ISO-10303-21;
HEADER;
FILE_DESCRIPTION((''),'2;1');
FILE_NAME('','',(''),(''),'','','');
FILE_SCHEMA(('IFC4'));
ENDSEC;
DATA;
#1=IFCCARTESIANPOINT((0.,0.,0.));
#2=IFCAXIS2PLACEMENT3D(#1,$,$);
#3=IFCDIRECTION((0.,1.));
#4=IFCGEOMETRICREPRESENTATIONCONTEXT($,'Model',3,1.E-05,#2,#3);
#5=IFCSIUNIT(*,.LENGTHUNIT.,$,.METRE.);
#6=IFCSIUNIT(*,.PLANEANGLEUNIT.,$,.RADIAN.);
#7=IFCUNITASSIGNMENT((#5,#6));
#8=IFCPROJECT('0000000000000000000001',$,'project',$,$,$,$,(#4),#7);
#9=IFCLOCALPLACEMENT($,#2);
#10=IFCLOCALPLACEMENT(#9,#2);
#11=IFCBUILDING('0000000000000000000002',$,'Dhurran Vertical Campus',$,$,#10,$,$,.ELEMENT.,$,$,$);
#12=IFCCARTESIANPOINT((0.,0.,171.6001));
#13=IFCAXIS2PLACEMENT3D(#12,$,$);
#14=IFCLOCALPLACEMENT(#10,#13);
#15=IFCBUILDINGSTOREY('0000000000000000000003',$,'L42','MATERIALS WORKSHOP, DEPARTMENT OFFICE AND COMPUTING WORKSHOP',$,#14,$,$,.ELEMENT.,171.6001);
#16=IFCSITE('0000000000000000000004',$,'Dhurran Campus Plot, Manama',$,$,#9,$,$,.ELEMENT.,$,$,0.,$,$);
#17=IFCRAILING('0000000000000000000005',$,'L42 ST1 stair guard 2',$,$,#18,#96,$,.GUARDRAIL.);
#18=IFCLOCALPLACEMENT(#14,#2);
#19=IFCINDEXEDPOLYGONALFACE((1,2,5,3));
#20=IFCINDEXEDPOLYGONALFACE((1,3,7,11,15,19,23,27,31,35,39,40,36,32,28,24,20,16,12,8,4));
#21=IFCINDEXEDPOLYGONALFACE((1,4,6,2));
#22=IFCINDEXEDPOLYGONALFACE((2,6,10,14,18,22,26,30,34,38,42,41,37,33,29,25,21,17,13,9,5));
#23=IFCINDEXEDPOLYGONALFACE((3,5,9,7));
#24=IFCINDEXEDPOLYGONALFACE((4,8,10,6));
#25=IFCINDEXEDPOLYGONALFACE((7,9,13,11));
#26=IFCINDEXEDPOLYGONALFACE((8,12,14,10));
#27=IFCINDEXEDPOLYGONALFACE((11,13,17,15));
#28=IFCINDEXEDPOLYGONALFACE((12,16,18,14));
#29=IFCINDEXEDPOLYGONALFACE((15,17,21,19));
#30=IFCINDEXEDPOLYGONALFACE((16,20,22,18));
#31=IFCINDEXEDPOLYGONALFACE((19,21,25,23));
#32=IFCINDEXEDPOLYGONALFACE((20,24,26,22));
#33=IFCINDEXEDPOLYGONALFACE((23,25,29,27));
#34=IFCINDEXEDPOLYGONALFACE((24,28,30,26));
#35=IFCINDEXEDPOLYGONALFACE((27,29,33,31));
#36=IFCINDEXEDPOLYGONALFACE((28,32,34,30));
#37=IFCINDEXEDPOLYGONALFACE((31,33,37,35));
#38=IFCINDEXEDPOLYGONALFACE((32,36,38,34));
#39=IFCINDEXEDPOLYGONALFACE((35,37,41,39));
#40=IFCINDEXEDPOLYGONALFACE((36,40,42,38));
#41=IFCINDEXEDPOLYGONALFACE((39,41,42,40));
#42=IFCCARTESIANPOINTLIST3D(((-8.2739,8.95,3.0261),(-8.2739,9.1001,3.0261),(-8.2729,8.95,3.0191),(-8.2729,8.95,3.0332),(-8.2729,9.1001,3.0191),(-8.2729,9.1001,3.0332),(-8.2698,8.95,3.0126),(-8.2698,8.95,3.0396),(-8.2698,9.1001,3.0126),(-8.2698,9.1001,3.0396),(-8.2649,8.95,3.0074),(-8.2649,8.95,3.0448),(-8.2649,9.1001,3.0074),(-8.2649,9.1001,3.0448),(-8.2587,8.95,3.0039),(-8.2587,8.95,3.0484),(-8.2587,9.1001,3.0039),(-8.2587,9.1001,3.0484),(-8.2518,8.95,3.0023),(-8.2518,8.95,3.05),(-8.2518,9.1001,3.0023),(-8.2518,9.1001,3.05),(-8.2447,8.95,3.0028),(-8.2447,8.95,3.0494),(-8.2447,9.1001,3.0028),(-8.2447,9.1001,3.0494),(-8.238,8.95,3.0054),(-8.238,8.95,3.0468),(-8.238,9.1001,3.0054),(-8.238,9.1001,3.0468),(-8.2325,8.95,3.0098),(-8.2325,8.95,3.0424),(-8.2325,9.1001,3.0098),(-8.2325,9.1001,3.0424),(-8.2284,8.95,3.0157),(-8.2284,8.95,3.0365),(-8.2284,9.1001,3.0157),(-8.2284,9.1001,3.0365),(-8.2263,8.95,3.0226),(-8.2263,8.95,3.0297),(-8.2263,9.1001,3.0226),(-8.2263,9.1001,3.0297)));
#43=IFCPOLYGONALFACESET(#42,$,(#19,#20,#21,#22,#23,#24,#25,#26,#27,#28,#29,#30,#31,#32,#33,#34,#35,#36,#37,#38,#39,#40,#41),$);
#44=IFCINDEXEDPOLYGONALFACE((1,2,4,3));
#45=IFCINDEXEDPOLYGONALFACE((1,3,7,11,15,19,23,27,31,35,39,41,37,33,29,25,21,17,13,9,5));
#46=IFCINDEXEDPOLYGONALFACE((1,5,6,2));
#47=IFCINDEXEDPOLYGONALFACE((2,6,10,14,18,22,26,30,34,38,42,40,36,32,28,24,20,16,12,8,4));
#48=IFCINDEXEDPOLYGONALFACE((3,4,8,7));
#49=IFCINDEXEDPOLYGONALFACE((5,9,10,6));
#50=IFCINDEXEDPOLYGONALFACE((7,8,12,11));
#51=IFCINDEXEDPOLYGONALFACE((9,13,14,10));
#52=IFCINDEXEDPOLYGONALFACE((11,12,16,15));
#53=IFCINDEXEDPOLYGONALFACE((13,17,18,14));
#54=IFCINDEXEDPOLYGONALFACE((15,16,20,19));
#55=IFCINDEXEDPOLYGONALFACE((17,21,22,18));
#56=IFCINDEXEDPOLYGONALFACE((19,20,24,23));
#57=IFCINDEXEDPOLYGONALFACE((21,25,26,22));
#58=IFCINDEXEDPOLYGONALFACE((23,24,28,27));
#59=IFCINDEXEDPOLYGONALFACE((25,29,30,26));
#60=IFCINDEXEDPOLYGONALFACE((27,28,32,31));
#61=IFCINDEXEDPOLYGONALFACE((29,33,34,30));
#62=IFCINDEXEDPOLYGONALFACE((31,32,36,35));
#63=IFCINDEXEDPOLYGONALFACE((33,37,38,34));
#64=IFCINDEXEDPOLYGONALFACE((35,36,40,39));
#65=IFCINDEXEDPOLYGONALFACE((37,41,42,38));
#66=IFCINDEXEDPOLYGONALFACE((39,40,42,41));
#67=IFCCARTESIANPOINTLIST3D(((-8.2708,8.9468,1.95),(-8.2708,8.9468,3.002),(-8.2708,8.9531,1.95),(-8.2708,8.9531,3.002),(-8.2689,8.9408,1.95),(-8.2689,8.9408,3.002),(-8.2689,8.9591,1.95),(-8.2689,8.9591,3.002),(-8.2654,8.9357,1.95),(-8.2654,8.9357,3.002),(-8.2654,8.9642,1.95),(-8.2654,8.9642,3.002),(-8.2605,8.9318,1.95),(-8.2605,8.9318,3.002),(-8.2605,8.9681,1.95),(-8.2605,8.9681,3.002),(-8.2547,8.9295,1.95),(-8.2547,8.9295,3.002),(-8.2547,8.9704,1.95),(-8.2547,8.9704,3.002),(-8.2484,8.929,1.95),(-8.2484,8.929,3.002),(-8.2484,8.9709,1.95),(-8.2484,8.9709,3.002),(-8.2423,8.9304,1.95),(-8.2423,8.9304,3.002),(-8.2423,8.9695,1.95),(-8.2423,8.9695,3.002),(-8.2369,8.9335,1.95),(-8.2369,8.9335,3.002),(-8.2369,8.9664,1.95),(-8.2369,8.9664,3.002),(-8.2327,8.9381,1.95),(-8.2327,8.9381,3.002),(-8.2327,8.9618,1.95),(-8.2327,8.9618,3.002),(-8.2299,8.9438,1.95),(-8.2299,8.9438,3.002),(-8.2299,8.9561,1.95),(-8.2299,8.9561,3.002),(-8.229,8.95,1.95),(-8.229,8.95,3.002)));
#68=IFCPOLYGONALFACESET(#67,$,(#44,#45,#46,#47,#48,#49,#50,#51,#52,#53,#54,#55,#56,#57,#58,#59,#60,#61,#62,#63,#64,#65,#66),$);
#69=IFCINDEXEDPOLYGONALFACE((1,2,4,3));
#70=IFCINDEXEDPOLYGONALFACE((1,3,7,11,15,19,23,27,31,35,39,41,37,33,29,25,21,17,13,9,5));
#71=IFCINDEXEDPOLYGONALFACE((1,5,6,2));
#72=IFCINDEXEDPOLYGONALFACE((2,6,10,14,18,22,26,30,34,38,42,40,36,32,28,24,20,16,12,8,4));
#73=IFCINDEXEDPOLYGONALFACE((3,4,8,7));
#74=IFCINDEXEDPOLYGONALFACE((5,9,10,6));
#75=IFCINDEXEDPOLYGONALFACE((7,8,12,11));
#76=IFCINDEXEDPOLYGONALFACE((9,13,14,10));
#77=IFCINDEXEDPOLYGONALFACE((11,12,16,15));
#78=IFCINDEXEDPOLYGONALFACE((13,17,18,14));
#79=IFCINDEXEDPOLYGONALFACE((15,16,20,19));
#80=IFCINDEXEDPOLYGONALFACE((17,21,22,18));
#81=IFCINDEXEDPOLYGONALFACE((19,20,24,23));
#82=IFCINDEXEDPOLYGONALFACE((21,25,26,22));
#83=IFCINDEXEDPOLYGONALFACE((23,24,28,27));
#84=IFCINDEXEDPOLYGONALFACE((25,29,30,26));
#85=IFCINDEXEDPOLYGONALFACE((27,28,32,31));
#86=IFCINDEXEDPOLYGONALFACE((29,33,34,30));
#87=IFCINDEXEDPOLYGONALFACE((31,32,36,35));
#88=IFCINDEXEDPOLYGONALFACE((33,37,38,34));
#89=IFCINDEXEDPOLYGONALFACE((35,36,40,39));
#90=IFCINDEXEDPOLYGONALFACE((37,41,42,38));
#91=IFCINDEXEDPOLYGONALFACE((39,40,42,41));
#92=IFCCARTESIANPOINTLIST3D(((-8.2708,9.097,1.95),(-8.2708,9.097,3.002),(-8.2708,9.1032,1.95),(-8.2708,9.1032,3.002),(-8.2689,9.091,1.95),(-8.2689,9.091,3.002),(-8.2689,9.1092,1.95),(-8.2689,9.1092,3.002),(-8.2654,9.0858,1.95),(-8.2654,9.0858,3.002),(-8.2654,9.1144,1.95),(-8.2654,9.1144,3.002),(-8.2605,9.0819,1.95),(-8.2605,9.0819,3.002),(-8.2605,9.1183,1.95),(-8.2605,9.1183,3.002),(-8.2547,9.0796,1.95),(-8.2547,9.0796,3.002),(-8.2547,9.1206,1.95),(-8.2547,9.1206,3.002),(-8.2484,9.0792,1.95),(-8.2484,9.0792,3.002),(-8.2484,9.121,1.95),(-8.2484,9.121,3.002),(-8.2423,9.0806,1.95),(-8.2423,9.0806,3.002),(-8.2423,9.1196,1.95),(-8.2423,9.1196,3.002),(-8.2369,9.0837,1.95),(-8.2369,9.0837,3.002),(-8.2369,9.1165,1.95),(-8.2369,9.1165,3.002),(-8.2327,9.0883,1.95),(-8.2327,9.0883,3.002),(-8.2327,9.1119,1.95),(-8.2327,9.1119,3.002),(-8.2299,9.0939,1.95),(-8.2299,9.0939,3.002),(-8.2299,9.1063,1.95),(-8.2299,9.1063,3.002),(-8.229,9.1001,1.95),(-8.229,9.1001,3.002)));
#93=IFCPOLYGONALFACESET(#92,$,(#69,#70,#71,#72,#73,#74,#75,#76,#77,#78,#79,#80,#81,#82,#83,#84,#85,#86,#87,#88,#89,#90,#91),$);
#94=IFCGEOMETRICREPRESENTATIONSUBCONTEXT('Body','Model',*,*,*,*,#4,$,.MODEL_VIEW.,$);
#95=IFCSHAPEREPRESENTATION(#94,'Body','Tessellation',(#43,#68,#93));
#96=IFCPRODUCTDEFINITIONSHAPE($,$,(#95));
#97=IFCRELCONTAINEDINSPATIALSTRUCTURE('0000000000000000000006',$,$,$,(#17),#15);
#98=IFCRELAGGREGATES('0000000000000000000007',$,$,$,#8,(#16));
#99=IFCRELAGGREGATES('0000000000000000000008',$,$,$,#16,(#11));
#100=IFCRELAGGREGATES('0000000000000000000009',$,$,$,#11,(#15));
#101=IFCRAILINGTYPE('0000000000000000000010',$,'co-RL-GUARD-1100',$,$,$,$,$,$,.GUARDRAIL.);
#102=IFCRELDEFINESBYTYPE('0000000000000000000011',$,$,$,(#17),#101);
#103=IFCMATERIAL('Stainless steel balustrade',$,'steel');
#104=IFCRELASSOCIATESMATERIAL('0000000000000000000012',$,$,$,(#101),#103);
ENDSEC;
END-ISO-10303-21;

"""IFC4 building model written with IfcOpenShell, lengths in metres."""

from ifc_helpers import new_model, si_unit, direction, frame, origin, origin_2d, place, context, subcontext, project, spatial, circle, extrude, material, type_object, element, save


model = new_model("IFC4")

# Units and contexts
model_context = context("Model", 3, precision=1e-05, world=origin(), true_north=direction((0.0, 1.0)))
body_context = subcontext(model_context, "Body", "Model", "MODEL_VIEW")
ifc_project = project(units=[si_unit("LENGTHUNIT", "METRE"), si_unit("PLANEANGLEUNIT", "RADIAN")], contexts=[model_context])

# Site, building, storey
site_placement = place(None, origin())
site = spatial("IfcSite", under=ifc_project, at=site_placement, Name="Dhurran Campus Plot, Manama", CompositionType="ELEMENT", RefElevation=0.0)
building_placement = place(site_placement, origin())
building = spatial("IfcBuilding", under=site, at=building_placement, Name="Dhurran Vertical Campus", CompositionType="ELEMENT")
storey_placement = place(building_placement, frame((0.0, 0.0, 171.6001)))
storey = spatial("IfcBuildingStorey", under=building, at=storey_placement, Name="L42", Description="MATERIALS WORKSHOP, DEPARTMENT OFFICE AND COMPUTING WORKSHOP", CompositionType="ELEMENT", Elevation=171.6001)

# Railing
ifc_material_1 = material(Name="Stainless steel balustrade", Category="steel")
railing_type_1 = type_object("IfcRailingType", Name="co-RL-GUARD-1100", PredefinedType="GUARDRAIL", material=ifc_material_1)
railing_1_placement = place(storey_placement, frame((-8.25, 8.95, 1.95)))
element("IfcRailing", 1, at=railing_1_placement, inside=storey, type_object=railing_type_1, Name="L42 ST1 stair guard 2", PredefinedType="GUARDRAIL", context=body_context, shape_type="SweptSolid", body=[
    extrude(circle(Radius=0.0239, at=origin_2d()), frame((0.0, 0.0, 1.0762), z_axis=(0.0, 1.0, 0.0), x_axis=(-1.0, 0.0, 0.0)), (0.0, 0.0, 1.0), 0.1501),
    extrude(circle(Radius=0.021, at=origin_2d()), origin(), (0.0, 0.0, 1.0), 1.052),
    extrude(circle(Radius=0.021, at=origin_2d()), frame((0.0, 0.1501, 0.0)), (0.0, 0.0, 1.0), 1.052),
])

save(model, "model.ifc")
